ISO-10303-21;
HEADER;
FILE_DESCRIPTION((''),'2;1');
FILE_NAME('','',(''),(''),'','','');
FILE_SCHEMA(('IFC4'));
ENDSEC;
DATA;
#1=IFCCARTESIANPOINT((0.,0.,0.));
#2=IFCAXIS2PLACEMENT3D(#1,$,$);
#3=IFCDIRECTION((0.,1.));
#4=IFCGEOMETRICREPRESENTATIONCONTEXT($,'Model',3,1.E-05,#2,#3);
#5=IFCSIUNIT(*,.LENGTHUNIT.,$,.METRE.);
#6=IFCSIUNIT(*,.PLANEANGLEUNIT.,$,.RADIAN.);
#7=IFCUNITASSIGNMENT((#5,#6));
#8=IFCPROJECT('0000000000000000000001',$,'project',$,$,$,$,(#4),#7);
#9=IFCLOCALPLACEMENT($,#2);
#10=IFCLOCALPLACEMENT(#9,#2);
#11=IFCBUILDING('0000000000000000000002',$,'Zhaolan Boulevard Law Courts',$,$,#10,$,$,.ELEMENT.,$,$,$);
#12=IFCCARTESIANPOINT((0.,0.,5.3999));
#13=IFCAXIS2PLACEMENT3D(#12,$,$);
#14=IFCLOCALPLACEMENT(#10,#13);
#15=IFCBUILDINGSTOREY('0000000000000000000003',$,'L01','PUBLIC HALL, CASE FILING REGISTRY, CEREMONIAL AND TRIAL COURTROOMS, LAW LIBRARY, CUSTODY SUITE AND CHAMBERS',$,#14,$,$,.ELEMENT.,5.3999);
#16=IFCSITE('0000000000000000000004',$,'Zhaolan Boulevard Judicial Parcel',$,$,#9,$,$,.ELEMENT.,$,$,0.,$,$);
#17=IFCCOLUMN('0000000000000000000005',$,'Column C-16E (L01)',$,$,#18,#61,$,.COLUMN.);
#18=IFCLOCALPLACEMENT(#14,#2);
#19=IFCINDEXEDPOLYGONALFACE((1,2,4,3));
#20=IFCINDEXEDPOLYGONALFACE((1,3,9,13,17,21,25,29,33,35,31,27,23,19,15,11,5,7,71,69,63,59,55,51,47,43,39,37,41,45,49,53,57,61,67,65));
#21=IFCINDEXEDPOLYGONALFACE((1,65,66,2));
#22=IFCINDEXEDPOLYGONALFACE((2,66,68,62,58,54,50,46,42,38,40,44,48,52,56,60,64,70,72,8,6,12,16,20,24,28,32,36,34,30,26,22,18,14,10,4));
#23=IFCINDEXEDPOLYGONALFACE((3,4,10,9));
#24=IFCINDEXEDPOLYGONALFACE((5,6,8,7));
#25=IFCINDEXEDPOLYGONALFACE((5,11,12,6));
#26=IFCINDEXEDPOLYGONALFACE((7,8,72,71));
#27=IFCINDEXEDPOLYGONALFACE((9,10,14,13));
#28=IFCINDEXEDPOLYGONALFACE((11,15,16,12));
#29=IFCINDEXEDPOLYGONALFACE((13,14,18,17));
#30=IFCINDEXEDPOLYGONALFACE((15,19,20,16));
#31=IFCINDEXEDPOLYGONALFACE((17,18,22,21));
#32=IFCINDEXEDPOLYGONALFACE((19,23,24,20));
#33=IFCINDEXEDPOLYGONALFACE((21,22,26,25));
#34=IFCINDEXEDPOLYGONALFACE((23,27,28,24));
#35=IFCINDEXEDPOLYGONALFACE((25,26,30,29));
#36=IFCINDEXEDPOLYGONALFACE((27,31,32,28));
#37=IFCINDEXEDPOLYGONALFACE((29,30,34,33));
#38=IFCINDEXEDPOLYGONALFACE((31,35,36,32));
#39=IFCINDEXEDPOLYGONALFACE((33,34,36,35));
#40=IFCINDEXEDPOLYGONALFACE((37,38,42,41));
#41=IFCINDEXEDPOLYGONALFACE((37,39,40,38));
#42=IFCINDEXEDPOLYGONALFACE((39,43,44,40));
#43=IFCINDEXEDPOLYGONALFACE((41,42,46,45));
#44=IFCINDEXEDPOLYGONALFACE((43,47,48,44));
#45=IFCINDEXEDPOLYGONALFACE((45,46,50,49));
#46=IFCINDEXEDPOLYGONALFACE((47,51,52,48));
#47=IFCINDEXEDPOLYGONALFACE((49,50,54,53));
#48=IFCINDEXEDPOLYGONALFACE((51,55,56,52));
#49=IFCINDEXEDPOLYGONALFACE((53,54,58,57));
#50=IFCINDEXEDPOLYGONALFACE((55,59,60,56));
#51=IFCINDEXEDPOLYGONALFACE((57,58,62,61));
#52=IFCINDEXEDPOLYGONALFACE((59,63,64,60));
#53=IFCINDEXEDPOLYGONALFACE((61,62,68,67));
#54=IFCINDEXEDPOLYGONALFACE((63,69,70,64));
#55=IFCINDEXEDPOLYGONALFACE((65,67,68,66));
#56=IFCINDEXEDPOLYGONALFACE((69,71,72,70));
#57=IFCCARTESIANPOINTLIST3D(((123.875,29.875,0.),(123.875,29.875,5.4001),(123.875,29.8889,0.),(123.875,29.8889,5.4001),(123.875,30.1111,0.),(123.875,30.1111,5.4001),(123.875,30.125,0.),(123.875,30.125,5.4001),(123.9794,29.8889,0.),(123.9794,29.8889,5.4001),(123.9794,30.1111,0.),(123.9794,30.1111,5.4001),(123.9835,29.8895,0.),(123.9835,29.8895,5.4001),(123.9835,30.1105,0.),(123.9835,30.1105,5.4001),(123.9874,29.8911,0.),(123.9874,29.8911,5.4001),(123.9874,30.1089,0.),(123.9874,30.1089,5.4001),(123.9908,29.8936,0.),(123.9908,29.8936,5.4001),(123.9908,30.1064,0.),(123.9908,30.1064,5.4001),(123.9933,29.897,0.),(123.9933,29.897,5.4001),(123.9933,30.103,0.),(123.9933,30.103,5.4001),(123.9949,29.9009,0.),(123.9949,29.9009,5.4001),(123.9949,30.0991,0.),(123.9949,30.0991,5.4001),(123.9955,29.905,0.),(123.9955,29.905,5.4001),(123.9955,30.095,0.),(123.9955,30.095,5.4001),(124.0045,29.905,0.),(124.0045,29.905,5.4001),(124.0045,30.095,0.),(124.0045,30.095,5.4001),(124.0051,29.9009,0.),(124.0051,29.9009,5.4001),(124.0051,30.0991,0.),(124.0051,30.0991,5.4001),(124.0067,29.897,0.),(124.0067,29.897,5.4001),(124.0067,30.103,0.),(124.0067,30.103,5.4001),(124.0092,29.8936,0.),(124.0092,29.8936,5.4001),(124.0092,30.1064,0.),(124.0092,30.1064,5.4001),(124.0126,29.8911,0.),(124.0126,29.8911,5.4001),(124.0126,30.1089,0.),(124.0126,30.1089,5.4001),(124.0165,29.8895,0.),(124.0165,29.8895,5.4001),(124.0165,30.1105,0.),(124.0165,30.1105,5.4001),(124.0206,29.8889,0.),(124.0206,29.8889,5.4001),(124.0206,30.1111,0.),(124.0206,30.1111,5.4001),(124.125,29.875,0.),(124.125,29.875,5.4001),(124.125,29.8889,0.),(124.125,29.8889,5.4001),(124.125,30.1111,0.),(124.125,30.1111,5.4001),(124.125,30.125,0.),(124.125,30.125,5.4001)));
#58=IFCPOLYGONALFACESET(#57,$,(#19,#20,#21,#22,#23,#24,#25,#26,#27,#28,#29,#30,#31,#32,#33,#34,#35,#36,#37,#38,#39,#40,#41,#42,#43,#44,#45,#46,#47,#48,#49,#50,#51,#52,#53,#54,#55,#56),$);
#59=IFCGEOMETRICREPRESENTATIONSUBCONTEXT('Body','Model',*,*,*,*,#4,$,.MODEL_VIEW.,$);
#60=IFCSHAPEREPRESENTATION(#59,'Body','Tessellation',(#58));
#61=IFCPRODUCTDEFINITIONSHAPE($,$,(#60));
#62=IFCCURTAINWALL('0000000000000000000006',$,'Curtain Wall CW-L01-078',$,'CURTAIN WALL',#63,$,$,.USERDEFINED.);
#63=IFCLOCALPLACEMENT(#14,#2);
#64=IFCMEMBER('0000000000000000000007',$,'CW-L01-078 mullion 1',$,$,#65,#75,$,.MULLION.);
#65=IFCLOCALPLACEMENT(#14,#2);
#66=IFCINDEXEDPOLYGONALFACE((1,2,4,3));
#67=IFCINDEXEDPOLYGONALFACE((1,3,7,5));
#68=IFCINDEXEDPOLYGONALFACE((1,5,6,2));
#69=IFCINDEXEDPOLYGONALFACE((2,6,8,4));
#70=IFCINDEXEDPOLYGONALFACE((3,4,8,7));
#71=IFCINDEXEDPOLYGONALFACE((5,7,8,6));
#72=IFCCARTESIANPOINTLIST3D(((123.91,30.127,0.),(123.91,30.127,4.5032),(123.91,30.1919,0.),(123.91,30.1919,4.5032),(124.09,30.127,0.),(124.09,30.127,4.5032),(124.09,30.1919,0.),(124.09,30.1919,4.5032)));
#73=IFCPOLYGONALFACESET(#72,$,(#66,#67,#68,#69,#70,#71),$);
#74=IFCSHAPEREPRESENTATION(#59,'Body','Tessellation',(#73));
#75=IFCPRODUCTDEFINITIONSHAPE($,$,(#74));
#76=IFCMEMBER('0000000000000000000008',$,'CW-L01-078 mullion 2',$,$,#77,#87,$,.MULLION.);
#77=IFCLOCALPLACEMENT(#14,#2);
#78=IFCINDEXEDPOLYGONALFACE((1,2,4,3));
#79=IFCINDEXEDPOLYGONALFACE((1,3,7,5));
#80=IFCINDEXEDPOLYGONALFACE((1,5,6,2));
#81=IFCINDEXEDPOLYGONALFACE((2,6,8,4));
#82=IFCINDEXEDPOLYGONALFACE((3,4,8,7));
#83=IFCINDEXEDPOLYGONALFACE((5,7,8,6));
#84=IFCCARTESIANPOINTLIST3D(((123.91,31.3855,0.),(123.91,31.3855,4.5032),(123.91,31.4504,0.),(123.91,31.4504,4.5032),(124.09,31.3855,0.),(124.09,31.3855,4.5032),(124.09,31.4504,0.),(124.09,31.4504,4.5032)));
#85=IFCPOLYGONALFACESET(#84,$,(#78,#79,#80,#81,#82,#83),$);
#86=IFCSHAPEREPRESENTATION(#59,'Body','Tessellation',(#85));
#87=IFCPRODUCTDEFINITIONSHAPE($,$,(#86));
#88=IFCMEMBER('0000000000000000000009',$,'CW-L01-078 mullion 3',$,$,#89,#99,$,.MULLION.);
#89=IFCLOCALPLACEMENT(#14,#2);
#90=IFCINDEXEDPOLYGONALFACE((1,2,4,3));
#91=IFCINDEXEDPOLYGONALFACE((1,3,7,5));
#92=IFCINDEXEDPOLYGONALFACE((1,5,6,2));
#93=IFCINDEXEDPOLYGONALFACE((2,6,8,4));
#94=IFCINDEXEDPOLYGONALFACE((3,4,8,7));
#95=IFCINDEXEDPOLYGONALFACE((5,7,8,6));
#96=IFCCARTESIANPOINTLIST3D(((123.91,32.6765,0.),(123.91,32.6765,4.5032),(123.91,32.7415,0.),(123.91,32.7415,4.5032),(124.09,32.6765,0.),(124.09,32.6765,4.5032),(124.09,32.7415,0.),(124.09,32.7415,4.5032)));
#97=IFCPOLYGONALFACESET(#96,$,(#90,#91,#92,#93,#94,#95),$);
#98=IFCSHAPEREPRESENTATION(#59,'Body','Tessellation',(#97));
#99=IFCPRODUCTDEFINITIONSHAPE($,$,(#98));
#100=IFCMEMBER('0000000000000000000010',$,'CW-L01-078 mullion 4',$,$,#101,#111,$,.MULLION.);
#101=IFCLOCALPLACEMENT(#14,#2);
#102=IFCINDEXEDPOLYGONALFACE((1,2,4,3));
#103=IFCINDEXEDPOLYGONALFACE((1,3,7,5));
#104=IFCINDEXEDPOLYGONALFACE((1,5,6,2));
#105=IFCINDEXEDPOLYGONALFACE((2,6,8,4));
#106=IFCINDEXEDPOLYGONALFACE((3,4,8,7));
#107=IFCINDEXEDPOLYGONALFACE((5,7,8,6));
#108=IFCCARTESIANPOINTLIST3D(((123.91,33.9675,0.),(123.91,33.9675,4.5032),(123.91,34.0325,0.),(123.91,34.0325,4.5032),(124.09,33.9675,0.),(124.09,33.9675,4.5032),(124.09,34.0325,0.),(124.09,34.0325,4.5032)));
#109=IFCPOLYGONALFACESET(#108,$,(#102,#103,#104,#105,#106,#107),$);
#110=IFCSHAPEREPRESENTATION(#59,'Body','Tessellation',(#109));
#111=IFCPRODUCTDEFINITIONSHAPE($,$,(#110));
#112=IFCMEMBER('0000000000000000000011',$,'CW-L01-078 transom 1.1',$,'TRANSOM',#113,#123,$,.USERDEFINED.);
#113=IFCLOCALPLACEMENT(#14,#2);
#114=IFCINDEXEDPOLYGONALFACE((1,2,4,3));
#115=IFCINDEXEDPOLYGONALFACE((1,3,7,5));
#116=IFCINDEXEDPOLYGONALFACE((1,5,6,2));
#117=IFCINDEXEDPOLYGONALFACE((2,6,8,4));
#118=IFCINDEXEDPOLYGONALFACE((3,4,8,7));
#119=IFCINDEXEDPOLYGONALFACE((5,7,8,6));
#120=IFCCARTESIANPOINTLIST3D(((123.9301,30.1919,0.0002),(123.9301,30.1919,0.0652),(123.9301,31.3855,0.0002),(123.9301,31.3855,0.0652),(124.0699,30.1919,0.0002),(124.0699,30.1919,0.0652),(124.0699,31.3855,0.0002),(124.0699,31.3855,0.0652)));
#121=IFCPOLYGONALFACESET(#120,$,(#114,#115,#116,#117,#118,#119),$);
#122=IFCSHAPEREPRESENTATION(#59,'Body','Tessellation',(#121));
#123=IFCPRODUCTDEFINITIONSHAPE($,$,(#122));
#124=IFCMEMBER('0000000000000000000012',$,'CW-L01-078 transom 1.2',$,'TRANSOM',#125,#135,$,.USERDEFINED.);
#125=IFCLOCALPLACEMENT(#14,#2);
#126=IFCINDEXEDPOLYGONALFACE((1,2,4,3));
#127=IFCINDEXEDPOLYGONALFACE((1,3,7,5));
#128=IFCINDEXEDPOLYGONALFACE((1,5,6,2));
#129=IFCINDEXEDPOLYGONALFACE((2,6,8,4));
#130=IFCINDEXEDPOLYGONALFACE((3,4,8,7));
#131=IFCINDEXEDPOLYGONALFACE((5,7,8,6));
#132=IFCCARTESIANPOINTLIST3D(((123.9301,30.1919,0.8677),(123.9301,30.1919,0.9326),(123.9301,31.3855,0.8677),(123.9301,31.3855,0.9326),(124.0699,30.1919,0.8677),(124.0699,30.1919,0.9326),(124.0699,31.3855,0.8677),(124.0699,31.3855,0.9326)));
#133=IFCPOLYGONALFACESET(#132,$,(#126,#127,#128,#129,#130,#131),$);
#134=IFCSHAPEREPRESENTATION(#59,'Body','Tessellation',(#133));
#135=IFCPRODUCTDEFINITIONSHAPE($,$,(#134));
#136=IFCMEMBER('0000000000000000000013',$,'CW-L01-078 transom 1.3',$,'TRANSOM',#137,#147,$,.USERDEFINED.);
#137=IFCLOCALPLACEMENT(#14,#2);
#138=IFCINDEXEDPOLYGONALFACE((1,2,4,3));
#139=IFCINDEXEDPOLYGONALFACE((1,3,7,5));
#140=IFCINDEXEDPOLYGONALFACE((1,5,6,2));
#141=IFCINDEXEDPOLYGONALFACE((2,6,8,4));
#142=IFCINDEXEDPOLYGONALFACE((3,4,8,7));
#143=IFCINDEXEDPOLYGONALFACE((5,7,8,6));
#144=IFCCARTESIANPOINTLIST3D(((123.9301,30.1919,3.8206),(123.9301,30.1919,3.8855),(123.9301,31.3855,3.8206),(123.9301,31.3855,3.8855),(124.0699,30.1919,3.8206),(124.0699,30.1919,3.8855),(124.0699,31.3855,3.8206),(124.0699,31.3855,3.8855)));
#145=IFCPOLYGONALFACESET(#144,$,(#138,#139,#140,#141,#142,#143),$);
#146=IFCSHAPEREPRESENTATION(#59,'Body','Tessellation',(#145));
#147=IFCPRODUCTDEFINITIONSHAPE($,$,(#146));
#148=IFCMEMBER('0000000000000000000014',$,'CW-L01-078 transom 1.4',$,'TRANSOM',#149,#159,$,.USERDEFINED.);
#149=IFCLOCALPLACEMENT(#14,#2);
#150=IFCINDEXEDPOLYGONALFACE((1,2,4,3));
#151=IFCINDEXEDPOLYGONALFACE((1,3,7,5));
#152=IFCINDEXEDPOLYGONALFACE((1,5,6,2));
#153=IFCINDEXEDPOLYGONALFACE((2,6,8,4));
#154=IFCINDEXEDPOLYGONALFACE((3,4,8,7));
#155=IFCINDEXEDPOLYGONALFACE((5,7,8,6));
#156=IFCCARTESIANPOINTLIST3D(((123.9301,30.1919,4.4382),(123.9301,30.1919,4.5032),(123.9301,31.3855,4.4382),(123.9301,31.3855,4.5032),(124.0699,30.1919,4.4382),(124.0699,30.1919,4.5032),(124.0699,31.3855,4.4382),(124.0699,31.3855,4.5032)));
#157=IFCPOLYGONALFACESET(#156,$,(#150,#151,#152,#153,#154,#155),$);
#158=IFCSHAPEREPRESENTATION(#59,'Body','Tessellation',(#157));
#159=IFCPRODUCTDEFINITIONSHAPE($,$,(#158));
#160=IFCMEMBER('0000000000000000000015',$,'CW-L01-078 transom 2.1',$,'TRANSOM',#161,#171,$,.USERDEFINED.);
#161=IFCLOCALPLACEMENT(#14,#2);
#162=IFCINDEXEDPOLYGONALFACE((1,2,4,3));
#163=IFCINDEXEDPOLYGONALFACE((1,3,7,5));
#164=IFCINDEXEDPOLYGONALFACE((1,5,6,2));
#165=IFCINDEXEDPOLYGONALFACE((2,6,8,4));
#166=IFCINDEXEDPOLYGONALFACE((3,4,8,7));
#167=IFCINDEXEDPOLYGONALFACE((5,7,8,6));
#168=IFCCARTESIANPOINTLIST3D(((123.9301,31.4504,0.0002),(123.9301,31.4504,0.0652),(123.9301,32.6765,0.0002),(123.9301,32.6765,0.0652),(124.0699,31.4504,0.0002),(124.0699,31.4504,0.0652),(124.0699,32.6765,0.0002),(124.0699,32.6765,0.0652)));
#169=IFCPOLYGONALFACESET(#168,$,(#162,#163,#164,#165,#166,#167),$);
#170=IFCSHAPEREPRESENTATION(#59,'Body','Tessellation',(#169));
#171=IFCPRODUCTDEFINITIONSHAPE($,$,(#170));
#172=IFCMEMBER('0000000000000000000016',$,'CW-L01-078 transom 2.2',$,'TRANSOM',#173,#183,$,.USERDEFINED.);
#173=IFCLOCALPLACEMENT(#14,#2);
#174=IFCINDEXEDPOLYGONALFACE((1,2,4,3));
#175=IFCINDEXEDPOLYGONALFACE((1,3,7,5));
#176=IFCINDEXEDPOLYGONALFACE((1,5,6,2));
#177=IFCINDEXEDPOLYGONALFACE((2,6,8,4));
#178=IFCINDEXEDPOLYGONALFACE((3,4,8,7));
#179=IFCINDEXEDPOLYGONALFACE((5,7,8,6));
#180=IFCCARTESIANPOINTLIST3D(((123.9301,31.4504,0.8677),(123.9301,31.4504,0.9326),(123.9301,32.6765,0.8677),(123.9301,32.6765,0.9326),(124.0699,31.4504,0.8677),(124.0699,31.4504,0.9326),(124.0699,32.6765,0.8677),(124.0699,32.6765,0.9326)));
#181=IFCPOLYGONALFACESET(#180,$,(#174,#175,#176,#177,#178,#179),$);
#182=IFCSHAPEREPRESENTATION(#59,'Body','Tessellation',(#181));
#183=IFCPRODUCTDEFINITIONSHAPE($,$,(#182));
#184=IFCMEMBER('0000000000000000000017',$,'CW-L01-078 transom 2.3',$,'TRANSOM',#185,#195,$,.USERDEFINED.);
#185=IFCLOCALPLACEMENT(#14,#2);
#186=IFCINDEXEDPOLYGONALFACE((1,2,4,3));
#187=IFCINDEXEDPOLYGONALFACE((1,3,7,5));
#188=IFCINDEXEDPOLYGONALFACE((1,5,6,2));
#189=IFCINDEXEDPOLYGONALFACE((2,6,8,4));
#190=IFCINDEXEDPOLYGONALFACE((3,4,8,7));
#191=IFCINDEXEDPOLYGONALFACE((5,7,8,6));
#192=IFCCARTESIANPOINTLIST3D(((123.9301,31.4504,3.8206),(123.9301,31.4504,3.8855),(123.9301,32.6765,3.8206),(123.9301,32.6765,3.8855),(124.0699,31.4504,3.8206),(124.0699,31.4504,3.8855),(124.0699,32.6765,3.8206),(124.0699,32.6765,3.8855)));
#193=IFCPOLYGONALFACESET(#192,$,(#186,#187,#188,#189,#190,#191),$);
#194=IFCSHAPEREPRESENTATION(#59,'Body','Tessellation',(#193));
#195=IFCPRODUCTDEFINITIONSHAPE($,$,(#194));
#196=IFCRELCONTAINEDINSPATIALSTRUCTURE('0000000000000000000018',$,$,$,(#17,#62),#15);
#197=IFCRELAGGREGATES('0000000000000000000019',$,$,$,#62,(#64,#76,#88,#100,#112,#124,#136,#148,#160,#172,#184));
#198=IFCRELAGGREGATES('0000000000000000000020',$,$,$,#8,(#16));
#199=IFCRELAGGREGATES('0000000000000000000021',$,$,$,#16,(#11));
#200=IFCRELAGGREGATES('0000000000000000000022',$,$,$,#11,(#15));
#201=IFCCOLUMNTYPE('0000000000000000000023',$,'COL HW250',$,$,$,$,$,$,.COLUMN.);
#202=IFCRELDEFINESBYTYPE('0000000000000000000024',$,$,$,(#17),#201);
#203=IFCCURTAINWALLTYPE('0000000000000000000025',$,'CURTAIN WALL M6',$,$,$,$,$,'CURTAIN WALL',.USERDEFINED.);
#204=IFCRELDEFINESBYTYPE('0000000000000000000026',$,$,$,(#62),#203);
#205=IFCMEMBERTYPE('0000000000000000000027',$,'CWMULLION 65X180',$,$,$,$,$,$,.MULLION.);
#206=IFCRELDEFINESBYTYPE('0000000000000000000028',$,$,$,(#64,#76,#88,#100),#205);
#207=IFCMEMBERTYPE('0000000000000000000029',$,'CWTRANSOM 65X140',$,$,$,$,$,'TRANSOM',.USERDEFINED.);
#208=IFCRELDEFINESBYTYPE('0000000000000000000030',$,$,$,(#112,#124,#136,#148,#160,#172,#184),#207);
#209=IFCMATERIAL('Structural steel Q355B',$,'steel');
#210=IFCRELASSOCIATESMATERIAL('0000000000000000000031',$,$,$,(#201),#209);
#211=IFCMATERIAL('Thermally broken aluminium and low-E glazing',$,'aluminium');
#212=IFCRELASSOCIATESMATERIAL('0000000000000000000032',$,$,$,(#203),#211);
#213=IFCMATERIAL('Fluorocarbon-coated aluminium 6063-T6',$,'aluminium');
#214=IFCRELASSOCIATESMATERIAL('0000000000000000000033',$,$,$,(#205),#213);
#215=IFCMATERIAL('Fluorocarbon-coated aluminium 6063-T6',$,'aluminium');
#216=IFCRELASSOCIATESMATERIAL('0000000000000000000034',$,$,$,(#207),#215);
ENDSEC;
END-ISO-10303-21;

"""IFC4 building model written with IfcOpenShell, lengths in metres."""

from ifc_helpers import new_model, si_unit, direction, frame, origin, origin_2d, place, context, subcontext, project, spatial, rectangle, i_section, extrude, material, material_profile, profile_set, type_object, element, aggregate, save


model = new_model("IFC4")

# Units and contexts
model_context = context("Model", 3, precision=1e-05, world=origin(), true_north=direction((0.0, 1.0)))
body_context = subcontext(model_context, "Body", "Model", "MODEL_VIEW")
ifc_project = project(units=[si_unit("LENGTHUNIT", "METRE"), si_unit("PLANEANGLEUNIT", "RADIAN")], contexts=[model_context])

# Site, building, storey
site_placement = place(None, origin())
site = spatial("IfcSite", under=ifc_project, at=site_placement, Name="Zhaolan Boulevard Judicial Parcel", CompositionType="ELEMENT", RefElevation=0.0)
building_placement = place(site_placement, origin())
building = spatial("IfcBuilding", under=site, at=building_placement, Name="Zhaolan Boulevard Law Courts", CompositionType="ELEMENT")
storey_placement = place(building_placement, frame((0.0, 0.0, 5.3999)))
storey = spatial("IfcBuildingStorey", under=building, at=storey_placement, Name="L01", Description="PUBLIC HALL, CASE FILING REGISTRY, CEREMONIAL AND TRIAL COURTROOMS, LAW LIBRARY, CUSTODY SUITE AND CHAMBERS", CompositionType="ELEMENT", Elevation=5.3999)

# Column
ifc_material_1 = material(Name="Structural steel Q355B", Category="steel")
ifc_material_profile_1 = material_profile(ifc_material_1, i_section(OverallWidth=0.25, OverallDepth=0.25, WebThickness=0.009, FlangeThickness=0.0139, FilletRadius=0.0161, at=origin_2d()), Name="HW250x250")
ifc_profile_set_1 = profile_set([ifc_material_profile_1], Name="Structural steel Q355B")
column_type = type_object("IfcColumnType", Name="COL HW250", PredefinedType="COLUMN", material=ifc_profile_set_1)
column_placement = place(storey_placement, frame((124.0, 30.0, 0.0), z_axis=(0.0, 0.0, 1.0), x_axis=(1.0, 0.0, 0.0)))
element("IfcColumn", 1, at=column_placement, inside=storey, type_object=column_type, Name="Column C-16E (L01)", PredefinedType="COLUMN", context=body_context, shape_type="SweptSolid", body=[
    extrude(i_section(OverallWidth=0.25, OverallDepth=0.25, WebThickness=0.009, FlangeThickness=0.0139, FilletRadius=0.0161, at=origin_2d()), origin(), (0.0, 0.0, 1.0), 5.4001),
])

# Curtain wall, members
ifc_material_2 = material(Name="Thermally broken aluminium and low-E glazing", Category="aluminium")
curtain_wall_type = type_object("IfcCurtainWallType", Name="CURTAIN WALL M6", ElementType="CURTAIN WALL", PredefinedType="USERDEFINED", material=ifc_material_2)
curtain_wall_placement = place(storey_placement, origin())
curtain_wall = element("IfcCurtainWall", 2, at=curtain_wall_placement, inside=storey, type_object=curtain_wall_type, Name="Curtain Wall CW-L01-078", ObjectType="CURTAIN WALL", PredefinedType="USERDEFINED")
ifc_material_3 = material(Name="Fluorocarbon-coated aluminium 6063-T6", Category="aluminium")
ifc_material_profile_2 = material_profile(ifc_material_3, rectangle(XDim=0.1799, YDim=0.0649, at=origin_2d()), Name="AL65x180")
ifc_profile_set_2 = profile_set([ifc_material_profile_2], Name="Fluorocarbon-coated aluminium 6063-T6")
member_type_1 = type_object("IfcMemberType", Name="CWMULLION 65X180", PredefinedType="MULLION", material=ifc_profile_set_2)
member_1_placement = place(storey_placement, frame((124.0, 30.1594, 0.0), z_axis=(0.0, 0.0, 1.0), x_axis=(-1.0, 0.0, 0.0)))
member_1 = element("IfcMember", 3, at=member_1_placement, type_object=member_type_1, Name="CW-L01-078 mullion 1", PredefinedType="MULLION", context=body_context, shape_type="SweptSolid", body=[
    extrude(rectangle(XDim=0.1799, YDim=0.0649, at=origin_2d()), origin(), (0.0, 0.0, 1.0), 4.5032),
])
member_2_placement = place(storey_placement, frame((124.0, 31.418, 0.0), z_axis=(0.0, 0.0, 1.0), x_axis=(-1.0, 0.0, 0.0)))
member_2 = element("IfcMember", 4, at=member_2_placement, type_object=member_type_1, Name="CW-L01-078 mullion 2", PredefinedType="MULLION", context=body_context, shape_type="SweptSolid", body=[
    extrude(rectangle(XDim=0.1799, YDim=0.0649, at=origin_2d()), origin(), (0.0, 0.0, 1.0), 4.5032),
])
member_3_placement = place(storey_placement, frame((124.0, 32.709, 0.0), z_axis=(0.0, 0.0, 1.0), x_axis=(-1.0, 0.0, 0.0)))
member_3 = element("IfcMember", 5, at=member_3_placement, type_object=member_type_1, Name="CW-L01-078 mullion 3", PredefinedType="MULLION", context=body_context, shape_type="SweptSolid", body=[
    extrude(rectangle(XDim=0.1799, YDim=0.0649, at=origin_2d()), origin(), (0.0, 0.0, 1.0), 4.5032),
])
member_4_placement = place(storey_placement, frame((124.0, 34.0, 0.0), z_axis=(0.0, 0.0, 1.0), x_axis=(-1.0, 0.0, 0.0)))
member_4 = element("IfcMember", 6, at=member_4_placement, type_object=member_type_1, Name="CW-L01-078 mullion 4", PredefinedType="MULLION", context=body_context, shape_type="SweptSolid", body=[
    extrude(rectangle(XDim=0.1799, YDim=0.0649, at=origin_2d()), origin(), (0.0, 0.0, 1.0), 4.5032),
])
ifc_material_4 = material(Name="Fluorocarbon-coated aluminium 6063-T6", Category="aluminium")
ifc_material_profile_3 = material_profile(ifc_material_4, rectangle(XDim=0.1399, YDim=0.0649, at=origin_2d()), Name="AL65x140")
ifc_profile_set_3 = profile_set([ifc_material_profile_3], Name="Fluorocarbon-coated aluminium 6063-T6")
member_type_2 = type_object("IfcMemberType", Name="CWTRANSOM 65X140", ElementType="TRANSOM", PredefinedType="USERDEFINED", material=ifc_profile_set_3)
member_5_placement = place(storey_placement, frame((124.0, 30.1919, 0.0327), z_axis=(0.0, 1.0, 0.0), x_axis=(-1.0, 0.0, 0.0)))
member_5 = element("IfcMember", 7, at=member_5_placement, type_object=member_type_2, Name="CW-L01-078 transom 1.1", ObjectType="TRANSOM", PredefinedType="USERDEFINED", context=body_context, shape_type="SweptSolid", body=[
    extrude(rectangle(XDim=0.1399, YDim=0.0649, at=origin_2d()), origin(), (0.0, 0.0, 1.0), 1.1936),
])
member_6_placement = place(storey_placement, frame((124.0, 30.1919, 0.9001), z_axis=(0.0, 1.0, 0.0), x_axis=(-1.0, 0.0, 0.0)))
member_6 = element("IfcMember", 8, at=member_6_placement, type_object=member_type_2, Name="CW-L01-078 transom 1.2", ObjectType="TRANSOM", PredefinedType="USERDEFINED", context=body_context, shape_type="SweptSolid", body=[
    extrude(rectangle(XDim=0.1399, YDim=0.0649, at=origin_2d()), origin(), (0.0, 0.0, 1.0), 1.1936),
])
member_7_placement = place(storey_placement, frame((124.0, 30.1919, 3.853), z_axis=(0.0, 1.0, 0.0), x_axis=(-1.0, 0.0, 0.0)))
member_7 = element("IfcMember", 9, at=member_7_placement, type_object=member_type_2, Name="CW-L01-078 transom 1.3", ObjectType="TRANSOM", PredefinedType="USERDEFINED", context=body_context, shape_type="SweptSolid", body=[
    extrude(rectangle(XDim=0.1399, YDim=0.0649, at=origin_2d()), origin(), (0.0, 0.0, 1.0), 1.1936),
])
member_8_placement = place(storey_placement, frame((124.0, 30.1919, 4.4707), z_axis=(0.0, 1.0, 0.0), x_axis=(-1.0, 0.0, 0.0)))
member_8 = element("IfcMember", 10, at=member_8_placement, type_object=member_type_2, Name="CW-L01-078 transom 1.4", ObjectType="TRANSOM", PredefinedType="USERDEFINED", context=body_context, shape_type="SweptSolid", body=[
    extrude(rectangle(XDim=0.1399, YDim=0.0649, at=origin_2d()), origin(), (0.0, 0.0, 1.0), 1.1936),
])
member_9_placement = place(storey_placement, frame((124.0, 31.4504, 0.0327), z_axis=(0.0, 1.0, 0.0), x_axis=(-1.0, 0.0, 0.0)))
member_9 = element("IfcMember", 11, at=member_9_placement, type_object=member_type_2, Name="CW-L01-078 transom 2.1", ObjectType="TRANSOM", PredefinedType="USERDEFINED", context=body_context, shape_type="SweptSolid", body=[
    extrude(rectangle(XDim=0.1399, YDim=0.0649, at=origin_2d()), origin(), (0.0, 0.0, 1.0), 1.2261),
])
member_10_placement = place(storey_placement, frame((124.0, 31.4504, 0.9001), z_axis=(0.0, 1.0, 0.0), x_axis=(-1.0, 0.0, 0.0)))
member_10 = element("IfcMember", 12, at=member_10_placement, type_object=member_type_2, Name="CW-L01-078 transom 2.2", ObjectType="TRANSOM", PredefinedType="USERDEFINED", context=body_context, shape_type="SweptSolid", body=[
    extrude(rectangle(XDim=0.1399, YDim=0.0649, at=origin_2d()), origin(), (0.0, 0.0, 1.0), 1.2261),
])
member_11_placement = place(storey_placement, frame((124.0, 31.4504, 3.853), z_axis=(0.0, 1.0, 0.0), x_axis=(-1.0, 0.0, 0.0)))
member_11 = element("IfcMember", 13, at=member_11_placement, type_object=member_type_2, Name="CW-L01-078 transom 2.3", ObjectType="TRANSOM", PredefinedType="USERDEFINED", context=body_context, shape_type="SweptSolid", body=[
    extrude(rectangle(XDim=0.1399, YDim=0.0649, at=origin_2d()), origin(), (0.0, 0.0, 1.0), 1.2261),
])

aggregate(curtain_wall, [member_1, member_2, member_3, member_4, member_5, member_6, member_7, member_8, member_9, member_10, member_11])

save(model, "model.ifc")
